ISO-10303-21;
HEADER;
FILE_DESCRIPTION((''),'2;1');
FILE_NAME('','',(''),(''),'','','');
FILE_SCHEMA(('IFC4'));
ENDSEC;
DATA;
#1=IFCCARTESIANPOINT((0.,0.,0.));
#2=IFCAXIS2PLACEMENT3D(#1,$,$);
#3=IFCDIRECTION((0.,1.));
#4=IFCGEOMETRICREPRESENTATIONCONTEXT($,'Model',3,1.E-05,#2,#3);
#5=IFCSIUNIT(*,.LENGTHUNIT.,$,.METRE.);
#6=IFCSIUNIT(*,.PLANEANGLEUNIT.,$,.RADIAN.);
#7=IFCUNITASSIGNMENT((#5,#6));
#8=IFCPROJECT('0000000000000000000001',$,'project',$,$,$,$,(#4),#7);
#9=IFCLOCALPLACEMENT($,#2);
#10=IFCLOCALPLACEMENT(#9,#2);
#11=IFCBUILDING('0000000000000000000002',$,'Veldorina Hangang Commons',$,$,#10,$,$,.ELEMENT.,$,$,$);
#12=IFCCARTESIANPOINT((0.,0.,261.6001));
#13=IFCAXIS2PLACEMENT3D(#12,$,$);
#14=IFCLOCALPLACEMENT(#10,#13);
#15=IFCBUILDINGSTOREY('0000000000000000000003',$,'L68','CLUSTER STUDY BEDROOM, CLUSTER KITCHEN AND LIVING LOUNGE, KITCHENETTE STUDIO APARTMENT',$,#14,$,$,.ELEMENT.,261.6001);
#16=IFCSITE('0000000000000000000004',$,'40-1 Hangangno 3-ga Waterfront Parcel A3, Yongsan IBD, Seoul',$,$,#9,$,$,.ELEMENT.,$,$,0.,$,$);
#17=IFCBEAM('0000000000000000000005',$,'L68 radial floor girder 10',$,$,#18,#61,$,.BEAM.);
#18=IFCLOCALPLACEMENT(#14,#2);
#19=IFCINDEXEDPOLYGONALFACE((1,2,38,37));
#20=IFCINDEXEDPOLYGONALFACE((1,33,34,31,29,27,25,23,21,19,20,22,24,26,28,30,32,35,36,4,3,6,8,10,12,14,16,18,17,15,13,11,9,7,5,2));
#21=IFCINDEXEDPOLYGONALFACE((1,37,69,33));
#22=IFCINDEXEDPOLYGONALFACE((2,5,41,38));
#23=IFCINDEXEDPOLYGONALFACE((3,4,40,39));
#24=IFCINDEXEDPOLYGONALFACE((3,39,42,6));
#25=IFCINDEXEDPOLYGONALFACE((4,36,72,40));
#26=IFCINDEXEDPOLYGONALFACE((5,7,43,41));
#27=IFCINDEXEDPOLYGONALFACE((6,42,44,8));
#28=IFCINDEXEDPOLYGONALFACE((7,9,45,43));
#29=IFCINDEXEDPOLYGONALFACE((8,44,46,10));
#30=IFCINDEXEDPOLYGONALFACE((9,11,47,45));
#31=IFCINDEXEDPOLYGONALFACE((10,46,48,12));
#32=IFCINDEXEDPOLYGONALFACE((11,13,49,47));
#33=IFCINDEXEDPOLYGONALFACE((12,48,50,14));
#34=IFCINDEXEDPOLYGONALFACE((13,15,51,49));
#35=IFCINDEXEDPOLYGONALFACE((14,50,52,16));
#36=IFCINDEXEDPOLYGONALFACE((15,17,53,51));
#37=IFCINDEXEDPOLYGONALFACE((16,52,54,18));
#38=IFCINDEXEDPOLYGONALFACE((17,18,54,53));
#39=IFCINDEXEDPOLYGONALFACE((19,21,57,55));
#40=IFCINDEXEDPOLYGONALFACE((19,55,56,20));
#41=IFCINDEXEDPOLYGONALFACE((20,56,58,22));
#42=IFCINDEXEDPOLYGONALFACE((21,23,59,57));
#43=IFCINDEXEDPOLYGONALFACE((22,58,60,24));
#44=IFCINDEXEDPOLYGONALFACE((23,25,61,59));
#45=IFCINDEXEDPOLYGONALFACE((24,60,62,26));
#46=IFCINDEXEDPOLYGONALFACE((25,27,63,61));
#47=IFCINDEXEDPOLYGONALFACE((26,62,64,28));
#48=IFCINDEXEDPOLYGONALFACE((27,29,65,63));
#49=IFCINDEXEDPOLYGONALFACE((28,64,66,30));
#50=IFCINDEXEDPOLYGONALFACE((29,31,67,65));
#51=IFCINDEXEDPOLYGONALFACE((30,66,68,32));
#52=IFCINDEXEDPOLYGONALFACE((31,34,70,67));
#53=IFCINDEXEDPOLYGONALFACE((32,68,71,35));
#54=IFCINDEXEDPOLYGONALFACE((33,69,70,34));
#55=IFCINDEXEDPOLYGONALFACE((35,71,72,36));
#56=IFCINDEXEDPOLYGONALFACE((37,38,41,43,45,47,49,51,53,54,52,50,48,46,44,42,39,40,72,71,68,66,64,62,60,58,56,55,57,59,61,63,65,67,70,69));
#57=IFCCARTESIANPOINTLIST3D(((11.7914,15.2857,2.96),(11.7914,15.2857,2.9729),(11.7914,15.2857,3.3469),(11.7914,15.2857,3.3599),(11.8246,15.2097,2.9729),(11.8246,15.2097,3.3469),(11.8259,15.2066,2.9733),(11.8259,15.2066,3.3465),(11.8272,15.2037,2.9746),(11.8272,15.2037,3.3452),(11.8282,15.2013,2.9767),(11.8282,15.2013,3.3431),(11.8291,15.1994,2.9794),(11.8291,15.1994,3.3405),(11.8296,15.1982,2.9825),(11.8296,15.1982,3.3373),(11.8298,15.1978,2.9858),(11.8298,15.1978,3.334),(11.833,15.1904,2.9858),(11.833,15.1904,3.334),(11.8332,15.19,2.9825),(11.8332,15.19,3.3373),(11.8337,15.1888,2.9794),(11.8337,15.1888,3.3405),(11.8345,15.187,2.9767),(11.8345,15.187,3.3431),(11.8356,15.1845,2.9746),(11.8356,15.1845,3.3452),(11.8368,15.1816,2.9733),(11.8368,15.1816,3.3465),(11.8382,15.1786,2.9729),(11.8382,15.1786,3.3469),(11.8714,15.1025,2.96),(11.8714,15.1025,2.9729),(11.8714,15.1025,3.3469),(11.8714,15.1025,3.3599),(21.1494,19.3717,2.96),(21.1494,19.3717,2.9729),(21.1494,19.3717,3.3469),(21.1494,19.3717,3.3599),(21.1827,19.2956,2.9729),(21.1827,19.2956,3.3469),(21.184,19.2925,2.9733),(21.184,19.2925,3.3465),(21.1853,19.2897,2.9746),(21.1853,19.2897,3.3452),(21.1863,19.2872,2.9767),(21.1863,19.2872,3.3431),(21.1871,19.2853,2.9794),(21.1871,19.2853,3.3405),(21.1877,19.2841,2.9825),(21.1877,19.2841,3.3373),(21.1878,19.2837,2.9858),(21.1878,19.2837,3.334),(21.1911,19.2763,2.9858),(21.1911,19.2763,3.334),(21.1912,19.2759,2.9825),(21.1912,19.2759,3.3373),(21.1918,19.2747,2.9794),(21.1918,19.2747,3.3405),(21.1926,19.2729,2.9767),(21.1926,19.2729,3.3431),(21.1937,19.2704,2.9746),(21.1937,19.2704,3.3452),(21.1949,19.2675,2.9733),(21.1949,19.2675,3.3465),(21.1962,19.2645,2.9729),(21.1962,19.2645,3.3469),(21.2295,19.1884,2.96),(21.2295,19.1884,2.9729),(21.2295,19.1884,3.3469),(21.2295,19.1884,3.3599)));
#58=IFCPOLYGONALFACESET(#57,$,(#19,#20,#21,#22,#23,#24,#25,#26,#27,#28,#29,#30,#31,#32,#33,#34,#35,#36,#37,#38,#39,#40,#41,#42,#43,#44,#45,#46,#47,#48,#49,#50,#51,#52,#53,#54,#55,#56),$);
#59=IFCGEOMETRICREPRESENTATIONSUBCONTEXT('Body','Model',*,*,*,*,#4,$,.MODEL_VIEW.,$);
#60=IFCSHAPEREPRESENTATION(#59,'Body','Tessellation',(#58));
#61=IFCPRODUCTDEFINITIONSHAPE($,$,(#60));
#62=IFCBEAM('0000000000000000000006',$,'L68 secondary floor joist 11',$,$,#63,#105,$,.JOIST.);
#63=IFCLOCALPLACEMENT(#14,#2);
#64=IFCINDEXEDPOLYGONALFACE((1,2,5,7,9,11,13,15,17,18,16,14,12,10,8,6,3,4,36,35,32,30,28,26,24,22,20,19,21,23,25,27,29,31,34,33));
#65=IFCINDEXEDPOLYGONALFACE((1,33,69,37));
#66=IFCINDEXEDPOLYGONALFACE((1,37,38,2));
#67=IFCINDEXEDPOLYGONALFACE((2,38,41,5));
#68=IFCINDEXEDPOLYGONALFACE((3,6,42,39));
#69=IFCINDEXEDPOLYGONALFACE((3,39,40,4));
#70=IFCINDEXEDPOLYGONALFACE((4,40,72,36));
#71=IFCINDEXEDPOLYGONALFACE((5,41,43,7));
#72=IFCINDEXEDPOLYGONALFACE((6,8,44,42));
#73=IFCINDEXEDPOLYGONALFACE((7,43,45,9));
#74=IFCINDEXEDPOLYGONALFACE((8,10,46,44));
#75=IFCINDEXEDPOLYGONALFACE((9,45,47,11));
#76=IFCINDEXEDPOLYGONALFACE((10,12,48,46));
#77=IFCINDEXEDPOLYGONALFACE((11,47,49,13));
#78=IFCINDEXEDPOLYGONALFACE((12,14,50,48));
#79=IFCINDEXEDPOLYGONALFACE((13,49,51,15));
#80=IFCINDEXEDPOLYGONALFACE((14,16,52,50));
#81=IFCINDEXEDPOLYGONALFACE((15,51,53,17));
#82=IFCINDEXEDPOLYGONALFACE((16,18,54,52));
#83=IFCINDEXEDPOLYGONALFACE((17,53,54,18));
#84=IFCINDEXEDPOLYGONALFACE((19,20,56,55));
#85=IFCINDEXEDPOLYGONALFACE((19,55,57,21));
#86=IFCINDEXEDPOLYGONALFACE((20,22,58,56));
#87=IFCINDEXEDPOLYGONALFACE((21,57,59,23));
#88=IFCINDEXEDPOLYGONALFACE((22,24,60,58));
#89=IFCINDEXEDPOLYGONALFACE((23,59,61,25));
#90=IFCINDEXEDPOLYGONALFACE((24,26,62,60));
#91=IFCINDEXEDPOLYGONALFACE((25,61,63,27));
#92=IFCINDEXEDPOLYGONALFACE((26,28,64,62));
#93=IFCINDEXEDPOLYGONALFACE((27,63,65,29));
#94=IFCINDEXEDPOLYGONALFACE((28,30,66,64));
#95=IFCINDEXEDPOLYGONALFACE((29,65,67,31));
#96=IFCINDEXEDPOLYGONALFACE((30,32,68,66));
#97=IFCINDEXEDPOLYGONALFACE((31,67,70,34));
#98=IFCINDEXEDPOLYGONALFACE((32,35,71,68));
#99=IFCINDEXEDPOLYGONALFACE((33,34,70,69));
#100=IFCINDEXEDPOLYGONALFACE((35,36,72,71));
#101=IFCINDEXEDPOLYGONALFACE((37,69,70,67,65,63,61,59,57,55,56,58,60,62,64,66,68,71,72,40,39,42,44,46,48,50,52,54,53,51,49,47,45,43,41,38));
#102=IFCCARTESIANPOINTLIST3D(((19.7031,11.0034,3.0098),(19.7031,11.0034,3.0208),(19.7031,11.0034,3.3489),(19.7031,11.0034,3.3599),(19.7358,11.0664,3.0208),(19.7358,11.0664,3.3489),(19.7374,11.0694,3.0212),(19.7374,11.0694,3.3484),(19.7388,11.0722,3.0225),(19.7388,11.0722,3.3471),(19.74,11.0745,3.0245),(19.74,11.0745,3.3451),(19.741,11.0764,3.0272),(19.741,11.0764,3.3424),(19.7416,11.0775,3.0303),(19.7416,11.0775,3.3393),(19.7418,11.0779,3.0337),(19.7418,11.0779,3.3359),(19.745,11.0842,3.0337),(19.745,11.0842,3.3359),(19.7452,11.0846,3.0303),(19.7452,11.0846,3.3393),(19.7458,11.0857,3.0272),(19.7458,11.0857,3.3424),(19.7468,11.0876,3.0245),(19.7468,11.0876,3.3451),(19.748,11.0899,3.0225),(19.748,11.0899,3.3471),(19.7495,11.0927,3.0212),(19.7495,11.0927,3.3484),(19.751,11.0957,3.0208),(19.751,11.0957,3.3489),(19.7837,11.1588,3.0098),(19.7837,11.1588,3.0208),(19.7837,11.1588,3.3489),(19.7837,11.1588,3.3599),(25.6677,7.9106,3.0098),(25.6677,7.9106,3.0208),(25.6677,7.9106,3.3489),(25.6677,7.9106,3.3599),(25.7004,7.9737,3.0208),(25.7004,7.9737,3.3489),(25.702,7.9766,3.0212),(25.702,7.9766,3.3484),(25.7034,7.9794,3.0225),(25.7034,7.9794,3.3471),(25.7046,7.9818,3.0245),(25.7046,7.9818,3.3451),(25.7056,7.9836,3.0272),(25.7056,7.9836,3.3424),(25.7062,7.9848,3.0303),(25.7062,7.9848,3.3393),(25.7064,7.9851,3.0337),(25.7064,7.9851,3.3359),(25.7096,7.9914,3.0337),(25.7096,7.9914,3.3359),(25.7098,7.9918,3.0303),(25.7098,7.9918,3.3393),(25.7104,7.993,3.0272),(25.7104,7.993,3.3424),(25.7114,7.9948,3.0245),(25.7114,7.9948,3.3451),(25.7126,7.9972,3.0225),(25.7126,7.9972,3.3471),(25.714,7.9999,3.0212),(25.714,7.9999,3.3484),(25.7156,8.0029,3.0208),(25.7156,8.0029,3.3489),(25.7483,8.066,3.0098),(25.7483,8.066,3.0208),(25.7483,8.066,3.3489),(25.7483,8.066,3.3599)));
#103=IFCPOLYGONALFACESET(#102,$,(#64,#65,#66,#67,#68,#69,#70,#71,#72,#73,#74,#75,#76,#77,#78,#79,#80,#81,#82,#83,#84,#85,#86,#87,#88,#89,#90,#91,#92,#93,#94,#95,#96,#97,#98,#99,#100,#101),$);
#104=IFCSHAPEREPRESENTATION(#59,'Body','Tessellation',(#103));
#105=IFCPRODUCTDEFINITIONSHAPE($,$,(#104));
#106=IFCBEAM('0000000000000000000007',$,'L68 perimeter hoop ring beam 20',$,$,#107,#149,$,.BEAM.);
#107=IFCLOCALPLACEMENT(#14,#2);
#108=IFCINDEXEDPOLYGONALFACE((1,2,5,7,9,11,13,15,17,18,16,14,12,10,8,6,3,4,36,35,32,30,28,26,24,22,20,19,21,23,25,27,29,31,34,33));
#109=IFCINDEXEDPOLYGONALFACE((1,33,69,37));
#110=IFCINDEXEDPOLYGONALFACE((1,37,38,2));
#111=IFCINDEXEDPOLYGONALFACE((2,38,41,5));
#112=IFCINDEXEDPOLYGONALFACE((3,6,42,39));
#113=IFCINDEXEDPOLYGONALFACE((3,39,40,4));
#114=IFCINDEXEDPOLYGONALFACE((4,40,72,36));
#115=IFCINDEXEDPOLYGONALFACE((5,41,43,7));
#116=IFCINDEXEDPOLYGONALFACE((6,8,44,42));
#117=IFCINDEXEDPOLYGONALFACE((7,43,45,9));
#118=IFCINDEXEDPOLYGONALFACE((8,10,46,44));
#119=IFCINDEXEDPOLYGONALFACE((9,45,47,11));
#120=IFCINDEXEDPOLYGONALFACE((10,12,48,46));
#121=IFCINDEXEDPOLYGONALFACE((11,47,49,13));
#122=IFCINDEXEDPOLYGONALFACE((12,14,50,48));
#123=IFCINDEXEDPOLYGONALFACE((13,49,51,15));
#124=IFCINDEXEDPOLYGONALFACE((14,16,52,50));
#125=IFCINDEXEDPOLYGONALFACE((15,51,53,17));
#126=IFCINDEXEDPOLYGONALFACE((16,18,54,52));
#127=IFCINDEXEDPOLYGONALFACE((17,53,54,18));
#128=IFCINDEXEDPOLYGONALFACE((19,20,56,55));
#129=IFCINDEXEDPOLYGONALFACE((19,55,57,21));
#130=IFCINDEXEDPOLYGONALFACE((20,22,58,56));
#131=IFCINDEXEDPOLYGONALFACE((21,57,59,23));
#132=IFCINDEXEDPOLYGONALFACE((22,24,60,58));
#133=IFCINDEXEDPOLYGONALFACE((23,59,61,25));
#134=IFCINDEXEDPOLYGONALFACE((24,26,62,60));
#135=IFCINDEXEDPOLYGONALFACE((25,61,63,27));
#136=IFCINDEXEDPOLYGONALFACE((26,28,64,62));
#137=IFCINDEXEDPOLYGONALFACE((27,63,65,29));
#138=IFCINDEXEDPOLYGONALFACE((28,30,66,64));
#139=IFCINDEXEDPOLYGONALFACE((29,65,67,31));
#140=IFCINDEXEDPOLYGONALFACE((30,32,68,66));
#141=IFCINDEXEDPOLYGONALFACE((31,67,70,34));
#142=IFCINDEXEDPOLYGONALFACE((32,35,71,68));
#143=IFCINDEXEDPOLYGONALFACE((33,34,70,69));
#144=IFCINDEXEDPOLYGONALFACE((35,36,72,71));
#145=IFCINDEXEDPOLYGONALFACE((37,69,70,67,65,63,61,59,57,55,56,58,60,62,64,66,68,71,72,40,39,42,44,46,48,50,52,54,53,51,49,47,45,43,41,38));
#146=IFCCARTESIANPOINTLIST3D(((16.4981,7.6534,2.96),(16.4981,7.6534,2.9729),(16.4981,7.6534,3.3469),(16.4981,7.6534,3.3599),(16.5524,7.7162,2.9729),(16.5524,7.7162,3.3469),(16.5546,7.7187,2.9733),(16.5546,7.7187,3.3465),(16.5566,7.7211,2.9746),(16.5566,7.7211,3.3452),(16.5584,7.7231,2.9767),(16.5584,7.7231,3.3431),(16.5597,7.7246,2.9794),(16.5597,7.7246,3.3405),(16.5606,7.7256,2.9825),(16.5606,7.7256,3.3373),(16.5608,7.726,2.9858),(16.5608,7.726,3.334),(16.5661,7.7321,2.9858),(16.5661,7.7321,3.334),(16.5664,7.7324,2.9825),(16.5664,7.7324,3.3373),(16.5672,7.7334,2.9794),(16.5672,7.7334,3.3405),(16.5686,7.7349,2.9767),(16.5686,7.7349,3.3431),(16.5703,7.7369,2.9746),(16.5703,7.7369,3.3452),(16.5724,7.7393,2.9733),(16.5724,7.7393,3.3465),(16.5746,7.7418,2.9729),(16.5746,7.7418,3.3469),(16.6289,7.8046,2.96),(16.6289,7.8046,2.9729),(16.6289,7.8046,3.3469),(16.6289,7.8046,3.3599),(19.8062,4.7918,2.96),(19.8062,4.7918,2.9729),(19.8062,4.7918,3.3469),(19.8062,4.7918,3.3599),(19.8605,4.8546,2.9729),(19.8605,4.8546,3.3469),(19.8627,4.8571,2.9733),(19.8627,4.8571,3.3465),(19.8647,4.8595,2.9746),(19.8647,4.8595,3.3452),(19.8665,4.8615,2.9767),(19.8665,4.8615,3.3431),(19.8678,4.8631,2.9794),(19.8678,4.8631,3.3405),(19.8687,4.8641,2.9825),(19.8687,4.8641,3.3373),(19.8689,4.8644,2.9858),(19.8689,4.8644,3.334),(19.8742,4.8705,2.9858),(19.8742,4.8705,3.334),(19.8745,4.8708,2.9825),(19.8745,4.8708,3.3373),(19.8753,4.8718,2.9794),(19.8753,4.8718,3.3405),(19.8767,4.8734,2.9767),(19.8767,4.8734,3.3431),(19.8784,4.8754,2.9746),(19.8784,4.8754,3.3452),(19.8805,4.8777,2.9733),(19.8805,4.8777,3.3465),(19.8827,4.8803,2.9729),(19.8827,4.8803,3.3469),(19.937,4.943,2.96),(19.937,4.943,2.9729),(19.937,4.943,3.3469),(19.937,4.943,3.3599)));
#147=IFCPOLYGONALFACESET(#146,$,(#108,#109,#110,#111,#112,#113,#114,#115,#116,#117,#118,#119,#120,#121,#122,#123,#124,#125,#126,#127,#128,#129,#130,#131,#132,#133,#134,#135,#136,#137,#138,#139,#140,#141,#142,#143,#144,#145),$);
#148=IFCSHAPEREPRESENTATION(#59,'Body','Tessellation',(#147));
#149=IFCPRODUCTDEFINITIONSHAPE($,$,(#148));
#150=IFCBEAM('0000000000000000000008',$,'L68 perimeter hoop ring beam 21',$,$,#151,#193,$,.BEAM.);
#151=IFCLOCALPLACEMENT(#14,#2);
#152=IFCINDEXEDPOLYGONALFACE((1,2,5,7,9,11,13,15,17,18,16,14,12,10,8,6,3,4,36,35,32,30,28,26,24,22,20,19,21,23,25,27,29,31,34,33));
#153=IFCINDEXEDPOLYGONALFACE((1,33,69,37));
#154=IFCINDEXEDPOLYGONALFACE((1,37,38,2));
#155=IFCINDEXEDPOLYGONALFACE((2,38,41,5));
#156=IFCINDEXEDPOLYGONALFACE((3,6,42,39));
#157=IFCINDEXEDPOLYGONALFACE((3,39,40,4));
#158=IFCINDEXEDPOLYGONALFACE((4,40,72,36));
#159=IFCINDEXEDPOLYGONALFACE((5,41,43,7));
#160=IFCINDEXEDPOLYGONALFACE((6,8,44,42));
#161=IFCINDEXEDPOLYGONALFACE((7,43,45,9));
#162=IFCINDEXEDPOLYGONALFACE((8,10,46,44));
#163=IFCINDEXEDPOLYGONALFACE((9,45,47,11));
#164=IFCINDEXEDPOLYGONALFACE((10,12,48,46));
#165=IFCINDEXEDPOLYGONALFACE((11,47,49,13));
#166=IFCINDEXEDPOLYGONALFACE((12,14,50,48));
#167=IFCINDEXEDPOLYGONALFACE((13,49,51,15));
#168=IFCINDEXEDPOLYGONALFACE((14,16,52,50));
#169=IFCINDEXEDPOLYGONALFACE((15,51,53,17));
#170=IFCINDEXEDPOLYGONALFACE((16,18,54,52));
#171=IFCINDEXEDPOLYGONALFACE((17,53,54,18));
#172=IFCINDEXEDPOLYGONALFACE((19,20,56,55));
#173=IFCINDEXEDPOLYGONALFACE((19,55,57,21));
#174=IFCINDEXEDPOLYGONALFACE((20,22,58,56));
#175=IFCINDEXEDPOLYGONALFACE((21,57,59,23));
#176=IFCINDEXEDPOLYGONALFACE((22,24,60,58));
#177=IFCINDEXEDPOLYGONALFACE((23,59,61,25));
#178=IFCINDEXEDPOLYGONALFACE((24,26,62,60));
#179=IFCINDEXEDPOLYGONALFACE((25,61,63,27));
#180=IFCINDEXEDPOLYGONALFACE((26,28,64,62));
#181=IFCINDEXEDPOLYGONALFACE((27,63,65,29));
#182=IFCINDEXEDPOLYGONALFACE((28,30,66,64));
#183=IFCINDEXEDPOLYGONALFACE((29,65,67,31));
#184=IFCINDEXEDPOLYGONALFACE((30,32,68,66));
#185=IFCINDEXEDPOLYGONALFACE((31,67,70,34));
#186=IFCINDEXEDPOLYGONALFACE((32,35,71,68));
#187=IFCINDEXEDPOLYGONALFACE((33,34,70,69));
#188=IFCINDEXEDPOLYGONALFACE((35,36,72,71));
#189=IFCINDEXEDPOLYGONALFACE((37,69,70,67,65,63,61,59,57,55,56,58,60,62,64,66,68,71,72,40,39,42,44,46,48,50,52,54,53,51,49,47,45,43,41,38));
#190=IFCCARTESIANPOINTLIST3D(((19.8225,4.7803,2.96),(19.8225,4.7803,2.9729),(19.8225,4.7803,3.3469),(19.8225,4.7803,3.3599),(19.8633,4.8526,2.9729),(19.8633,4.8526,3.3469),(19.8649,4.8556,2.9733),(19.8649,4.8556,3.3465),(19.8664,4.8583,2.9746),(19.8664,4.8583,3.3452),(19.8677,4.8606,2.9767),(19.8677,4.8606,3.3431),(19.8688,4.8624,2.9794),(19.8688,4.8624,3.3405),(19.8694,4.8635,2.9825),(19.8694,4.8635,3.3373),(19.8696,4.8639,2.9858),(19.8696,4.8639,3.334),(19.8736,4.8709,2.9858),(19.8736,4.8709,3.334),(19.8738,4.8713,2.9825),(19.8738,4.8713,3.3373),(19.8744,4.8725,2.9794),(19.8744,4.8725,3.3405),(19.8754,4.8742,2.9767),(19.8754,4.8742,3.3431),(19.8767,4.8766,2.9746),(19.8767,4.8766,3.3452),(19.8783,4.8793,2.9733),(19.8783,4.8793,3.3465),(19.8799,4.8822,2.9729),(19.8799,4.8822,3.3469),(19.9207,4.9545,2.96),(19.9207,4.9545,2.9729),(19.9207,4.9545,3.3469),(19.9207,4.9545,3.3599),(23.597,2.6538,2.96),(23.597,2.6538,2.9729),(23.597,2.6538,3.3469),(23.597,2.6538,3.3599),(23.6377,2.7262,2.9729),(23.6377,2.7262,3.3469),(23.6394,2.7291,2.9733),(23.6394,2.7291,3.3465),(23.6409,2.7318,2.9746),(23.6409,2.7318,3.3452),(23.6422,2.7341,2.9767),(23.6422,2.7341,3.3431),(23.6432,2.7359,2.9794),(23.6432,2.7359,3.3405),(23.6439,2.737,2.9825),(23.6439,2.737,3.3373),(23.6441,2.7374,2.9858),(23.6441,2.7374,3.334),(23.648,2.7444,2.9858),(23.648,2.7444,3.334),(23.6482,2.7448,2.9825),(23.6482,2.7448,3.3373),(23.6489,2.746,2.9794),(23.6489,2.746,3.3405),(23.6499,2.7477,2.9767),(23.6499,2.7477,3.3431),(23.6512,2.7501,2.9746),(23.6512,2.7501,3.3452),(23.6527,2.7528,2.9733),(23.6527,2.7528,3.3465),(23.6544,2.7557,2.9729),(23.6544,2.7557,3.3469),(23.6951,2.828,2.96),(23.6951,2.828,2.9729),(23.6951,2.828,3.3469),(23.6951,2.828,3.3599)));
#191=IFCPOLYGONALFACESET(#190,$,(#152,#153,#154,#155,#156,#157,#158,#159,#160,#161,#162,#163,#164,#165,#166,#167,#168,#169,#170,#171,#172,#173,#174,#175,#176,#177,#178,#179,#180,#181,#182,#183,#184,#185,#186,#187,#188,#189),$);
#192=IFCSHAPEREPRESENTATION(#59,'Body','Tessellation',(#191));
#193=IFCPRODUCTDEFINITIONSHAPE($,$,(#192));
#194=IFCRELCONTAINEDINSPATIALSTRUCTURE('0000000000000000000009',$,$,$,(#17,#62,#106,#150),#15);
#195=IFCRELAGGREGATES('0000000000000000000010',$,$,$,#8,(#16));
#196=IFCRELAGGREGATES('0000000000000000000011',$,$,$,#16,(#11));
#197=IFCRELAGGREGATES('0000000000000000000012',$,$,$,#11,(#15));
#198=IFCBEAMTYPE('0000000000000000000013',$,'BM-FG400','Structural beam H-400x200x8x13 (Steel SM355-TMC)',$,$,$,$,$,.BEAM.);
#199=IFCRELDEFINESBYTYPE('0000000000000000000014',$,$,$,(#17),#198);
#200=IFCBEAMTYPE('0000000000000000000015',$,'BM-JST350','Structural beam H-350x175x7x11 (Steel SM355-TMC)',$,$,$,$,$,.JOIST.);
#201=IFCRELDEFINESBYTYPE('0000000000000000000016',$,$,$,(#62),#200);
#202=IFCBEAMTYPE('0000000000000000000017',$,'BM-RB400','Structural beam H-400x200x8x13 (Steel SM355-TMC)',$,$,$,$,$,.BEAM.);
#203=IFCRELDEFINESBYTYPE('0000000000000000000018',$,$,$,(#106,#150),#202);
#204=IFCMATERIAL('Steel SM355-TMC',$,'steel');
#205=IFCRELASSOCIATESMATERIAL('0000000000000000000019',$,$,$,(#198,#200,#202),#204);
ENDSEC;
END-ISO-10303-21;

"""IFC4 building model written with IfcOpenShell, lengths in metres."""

from ifc_helpers import new_model, si_unit, direction, frame, origin, origin_2d, place, context, subcontext, project, spatial, i_section, extrude, material, material_profile, profile_set, type_object, element, save


model = new_model("IFC4")

# Units and contexts
model_context = context("Model", 3, precision=1e-05, world=origin(), true_north=direction((0.0, 1.0)))
body_context = subcontext(model_context, "Body", "Model", "MODEL_VIEW")
ifc_project = project(units=[si_unit("LENGTHUNIT", "METRE"), si_unit("PLANEANGLEUNIT", "RADIAN")], contexts=[model_context])

# Site, building, storey
site_placement = place(None, origin())
site = spatial("IfcSite", under=ifc_project, at=site_placement, Name="40-1 Hangangno 3-ga Waterfront Parcel A3, Yongsan IBD, Seoul", CompositionType="ELEMENT", RefElevation=0.0)
building_placement = place(site_placement, origin())
building = spatial("IfcBuilding", under=site, at=building_placement, Name="Veldorina Hangang Commons", CompositionType="ELEMENT")
storey_placement = place(building_placement, frame((0.0, 0.0, 261.6001)))
storey = spatial("IfcBuildingStorey", under=building, at=storey_placement, Name="L68", Description="CLUSTER STUDY BEDROOM, CLUSTER KITCHEN AND LIVING LOUNGE, KITCHENETTE STUDIO APARTMENT", CompositionType="ELEMENT", Elevation=261.6001)

# Beams
ifc_material_1 = material(Name="Steel SM355-TMC", Category="steel")
ifc_material_profile_1 = material_profile(ifc_material_1, i_section(OverallWidth=0.2, OverallDepth=0.3999, WebThickness=0.0081, FlangeThickness=0.0129, FilletRadius=0.0129, at=origin_2d()), Name="H-400x200x8x13")
ifc_profile_set_1 = profile_set([ifc_material_profile_1], Name="Steel SM355-TMC")
beam_type_1 = type_object("IfcBeamType", Name="BM-FG400", Description="Structural beam H-400x200x8x13 (Steel SM355-TMC)", PredefinedType="BEAM", material=ifc_profile_set_1)
beam_1_placement = place(storey_placement, frame((21.1895, 19.28, 3.1599), z_axis=(-0.916454, -0.40014, 0.0), x_axis=(0.40014, -0.916454, 0.0)))
element("IfcBeam", 1, at=beam_1_placement, inside=storey, type_object=beam_type_1, Name="L68 radial floor girder 10", PredefinedType="BEAM", context=body_context, shape_type="SweptSolid", body=[
    extrude(i_section(OverallWidth=0.2, OverallDepth=0.3999, WebThickness=0.0081, FlangeThickness=0.0129, FilletRadius=0.0129, at=origin_2d()), origin(), (0.0, 0.0, 1.0), 10.2112),
])
ifc_material_profile_2 = material_profile(ifc_material_1, i_section(OverallWidth=0.175, OverallDepth=0.3501, WebThickness=0.0071, FlangeThickness=0.011, FilletRadius=0.0129, at=origin_2d()), Name="H-350x175x7x11")
ifc_profile_set_2 = profile_set([ifc_material_profile_2], Name="Steel SM355-TMC")
beam_type_2 = type_object("IfcBeamType", Name="BM-JST350", Description="Structural beam H-350x175x7x11 (Steel SM355-TMC)", PredefinedType="JOIST", material=ifc_profile_set_2)
beam_2_placement = place(storey_placement, frame((19.7434, 11.0811, 3.1848), z_axis=(0.887753, -0.460319, 0.0), x_axis=(0.460319, 0.887753, 0.0)))
element("IfcBeam", 2, at=beam_2_placement, inside=storey, type_object=beam_type_2, Name="L68 secondary floor joist 11", PredefinedType="JOIST", context=body_context, shape_type="SweptSolid", body=[
    extrude(i_section(OverallWidth=0.175, OverallDepth=0.3501, WebThickness=0.0071, FlangeThickness=0.011, FilletRadius=0.0129, at=origin_2d()), origin(), (0.0, 0.0, 1.0), 6.7188),
])
ifc_material_profile_3 = material_profile(ifc_material_1, i_section(OverallWidth=0.2, OverallDepth=0.3999, WebThickness=0.0081, FlangeThickness=0.0129, FilletRadius=0.0129, at=origin_2d()), Name="H-400x200x8x13")
ifc_profile_set_3 = profile_set([ifc_material_profile_3], Name="Steel SM355-TMC")
beam_type_3 = type_object("IfcBeamType", Name="BM-RB400", Description="Structural beam H-400x200x8x13 (Steel SM355-TMC)", PredefinedType="BEAM", material=ifc_profile_set_3)
beam_3_placement = place(storey_placement, frame((16.5635, 7.729, 3.1599), z_axis=(0.756306, -0.654218, 0.0), x_axis=(0.654218, 0.756306, 0.0)))
element("IfcBeam", 3, at=beam_3_placement, inside=storey, type_object=beam_type_3, Name="L68 perimeter hoop ring beam 20", PredefinedType="BEAM", context=body_context, shape_type="SweptSolid", body=[
    extrude(i_section(OverallWidth=0.2, OverallDepth=0.3999, WebThickness=0.0081, FlangeThickness=0.0129, FilletRadius=0.0129, at=origin_2d()), origin(), (0.0, 0.0, 1.0), 4.374),
])
beam_4_placement = place(storey_placement, frame((19.8716, 4.8674, 3.1599), z_axis=(0.871244, -0.49085, 0.0), x_axis=(0.49085, 0.871244, 0.0)))
element("IfcBeam", 4, at=beam_4_placement, inside=storey, type_object=beam_type_3, Name="L68 perimeter hoop ring beam 21", PredefinedType="BEAM", context=body_context, shape_type="SweptSolid", body=[
    extrude(i_section(OverallWidth=0.2, OverallDepth=0.3999, WebThickness=0.0081, FlangeThickness=0.0129, FilletRadius=0.0129, at=origin_2d()), origin(), (0.0, 0.0, 1.0), 4.3323),
])

save(model, "model.ifc")
